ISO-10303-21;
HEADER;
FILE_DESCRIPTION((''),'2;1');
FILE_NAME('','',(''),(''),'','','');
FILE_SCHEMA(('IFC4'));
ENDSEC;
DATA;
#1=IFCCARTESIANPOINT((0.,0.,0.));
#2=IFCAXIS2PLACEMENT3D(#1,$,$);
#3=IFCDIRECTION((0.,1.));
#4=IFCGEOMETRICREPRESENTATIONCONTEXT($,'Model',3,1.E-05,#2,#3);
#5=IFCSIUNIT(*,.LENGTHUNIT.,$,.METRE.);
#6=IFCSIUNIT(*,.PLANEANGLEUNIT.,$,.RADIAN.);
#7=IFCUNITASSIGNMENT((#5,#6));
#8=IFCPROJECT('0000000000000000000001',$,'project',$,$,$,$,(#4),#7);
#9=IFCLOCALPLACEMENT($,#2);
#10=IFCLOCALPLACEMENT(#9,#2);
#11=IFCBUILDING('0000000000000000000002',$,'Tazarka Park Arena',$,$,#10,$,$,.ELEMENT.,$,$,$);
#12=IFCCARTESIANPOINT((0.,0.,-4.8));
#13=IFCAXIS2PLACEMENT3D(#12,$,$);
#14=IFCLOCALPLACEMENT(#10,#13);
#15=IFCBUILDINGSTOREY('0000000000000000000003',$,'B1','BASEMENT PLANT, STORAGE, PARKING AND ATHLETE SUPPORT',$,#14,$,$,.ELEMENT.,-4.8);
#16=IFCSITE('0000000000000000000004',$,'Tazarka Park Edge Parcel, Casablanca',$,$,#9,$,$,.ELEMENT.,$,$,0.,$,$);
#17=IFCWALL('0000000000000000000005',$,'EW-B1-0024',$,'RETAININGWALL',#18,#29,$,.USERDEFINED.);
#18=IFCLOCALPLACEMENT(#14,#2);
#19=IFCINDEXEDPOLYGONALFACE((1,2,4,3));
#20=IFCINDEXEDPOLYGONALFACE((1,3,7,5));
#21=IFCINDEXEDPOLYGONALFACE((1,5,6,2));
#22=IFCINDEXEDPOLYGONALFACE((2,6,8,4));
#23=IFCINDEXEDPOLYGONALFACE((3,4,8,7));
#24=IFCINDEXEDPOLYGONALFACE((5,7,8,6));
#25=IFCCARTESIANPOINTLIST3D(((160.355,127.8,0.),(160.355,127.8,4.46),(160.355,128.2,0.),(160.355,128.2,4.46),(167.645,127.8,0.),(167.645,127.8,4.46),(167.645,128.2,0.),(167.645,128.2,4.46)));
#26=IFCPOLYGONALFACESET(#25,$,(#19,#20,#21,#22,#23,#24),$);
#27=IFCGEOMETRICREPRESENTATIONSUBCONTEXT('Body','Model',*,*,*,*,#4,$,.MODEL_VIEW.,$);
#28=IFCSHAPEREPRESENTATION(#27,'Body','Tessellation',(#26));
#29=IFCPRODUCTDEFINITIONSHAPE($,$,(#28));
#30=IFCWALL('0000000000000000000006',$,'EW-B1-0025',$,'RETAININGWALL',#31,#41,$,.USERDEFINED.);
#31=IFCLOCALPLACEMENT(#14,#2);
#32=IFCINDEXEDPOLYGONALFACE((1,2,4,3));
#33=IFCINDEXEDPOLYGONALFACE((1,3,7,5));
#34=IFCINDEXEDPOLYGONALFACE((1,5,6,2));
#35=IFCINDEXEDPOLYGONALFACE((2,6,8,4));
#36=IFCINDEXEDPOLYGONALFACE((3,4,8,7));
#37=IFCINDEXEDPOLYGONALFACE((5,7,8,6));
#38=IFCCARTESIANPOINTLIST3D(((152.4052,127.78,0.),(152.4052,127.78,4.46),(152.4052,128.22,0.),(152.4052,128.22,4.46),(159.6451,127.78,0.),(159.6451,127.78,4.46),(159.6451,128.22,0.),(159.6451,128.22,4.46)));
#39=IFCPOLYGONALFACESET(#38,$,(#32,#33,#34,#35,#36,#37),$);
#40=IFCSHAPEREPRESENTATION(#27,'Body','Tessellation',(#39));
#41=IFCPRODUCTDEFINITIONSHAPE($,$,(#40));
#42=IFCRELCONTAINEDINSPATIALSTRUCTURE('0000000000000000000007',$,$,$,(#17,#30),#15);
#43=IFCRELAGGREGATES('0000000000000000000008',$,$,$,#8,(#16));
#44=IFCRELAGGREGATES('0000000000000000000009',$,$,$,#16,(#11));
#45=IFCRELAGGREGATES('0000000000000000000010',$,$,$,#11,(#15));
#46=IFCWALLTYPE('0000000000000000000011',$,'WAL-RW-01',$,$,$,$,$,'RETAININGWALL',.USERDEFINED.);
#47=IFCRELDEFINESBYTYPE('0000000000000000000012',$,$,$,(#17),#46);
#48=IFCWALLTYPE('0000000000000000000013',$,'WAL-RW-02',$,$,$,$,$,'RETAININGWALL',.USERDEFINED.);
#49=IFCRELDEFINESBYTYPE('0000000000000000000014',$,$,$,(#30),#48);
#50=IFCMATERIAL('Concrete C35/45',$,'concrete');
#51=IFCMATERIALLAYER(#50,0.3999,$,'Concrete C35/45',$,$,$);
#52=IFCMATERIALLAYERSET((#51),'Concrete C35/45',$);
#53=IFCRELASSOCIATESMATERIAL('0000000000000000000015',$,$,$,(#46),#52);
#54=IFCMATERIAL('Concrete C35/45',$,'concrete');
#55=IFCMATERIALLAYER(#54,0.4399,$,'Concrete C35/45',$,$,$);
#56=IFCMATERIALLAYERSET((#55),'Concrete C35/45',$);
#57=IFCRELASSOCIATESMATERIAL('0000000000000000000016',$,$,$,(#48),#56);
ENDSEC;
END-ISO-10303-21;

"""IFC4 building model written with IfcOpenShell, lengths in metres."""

from ifc_helpers import new_model, si_unit, direction, frame, frame_2d, origin, place, context, subcontext, project, spatial, rectangle, extrude, material, layer, layer_set, type_object, element, save


model = new_model("IFC4")

# Units and contexts
model_context = context("Model", 3, precision=1e-05, world=origin(), true_north=direction((0.0, 1.0)))
body_context = subcontext(model_context, "Body", "Model", "MODEL_VIEW")
ifc_project = project(units=[si_unit("LENGTHUNIT", "METRE"), si_unit("PLANEANGLEUNIT", "RADIAN")], contexts=[model_context])

# Site, building, storey
site_placement = place(None, origin())
site = spatial("IfcSite", under=ifc_project, at=site_placement, Name="Tazarka Park Edge Parcel, Casablanca", CompositionType="ELEMENT", RefElevation=0.0)
building_placement = place(site_placement, origin())
building = spatial("IfcBuilding", under=site, at=building_placement, Name="Tazarka Park Arena", CompositionType="ELEMENT")
storey_placement = place(building_placement, frame((0.0, 0.0, -4.8)))
storey = spatial("IfcBuildingStorey", under=building, at=storey_placement, Name="B1", Description="BASEMENT PLANT, STORAGE, PARKING AND ATHLETE SUPPORT", CompositionType="ELEMENT", Elevation=-4.8)

# Walls
ifc_material_1 = material(Name="Concrete C35/45", Category="concrete")
ifc_layer_1 = layer(ifc_material_1, 0.3999, Name="Concrete C35/45")
ifc_layer_set_1 = layer_set([ifc_layer_1], Name="Concrete C35/45")
wall_type_1 = type_object("IfcWallType", Name="WAL-RW-01", ElementType="RETAININGWALL", PredefinedType="USERDEFINED", material=ifc_layer_set_1)
wall_1_placement = place(storey_placement, frame((160.355, 128.0, 0.0), z_axis=(0.0, 0.0, 1.0), x_axis=(1.0, 0.0, 0.0)))
element("IfcWall", 1, at=wall_1_placement, inside=storey, type_object=wall_type_1, Name="EW-B1-0024", ObjectType="RETAININGWALL", PredefinedType="USERDEFINED", context=body_context, shape_type="SweptSolid", body=[
    extrude(rectangle(XDim=7.29, YDim=0.3999, at=frame_2d((3.645, 0.0))), origin(), (0.0, 0.0, 1.0), 4.46),
])
ifc_material_2 = material(Name="Concrete C35/45", Category="concrete")
ifc_layer_2 = layer(ifc_material_2, 0.4399, Name="Concrete C35/45")
ifc_layer_set_2 = layer_set([ifc_layer_2], Name="Concrete C35/45")
wall_type_2 = type_object("IfcWallType", Name="WAL-RW-02", ElementType="RETAININGWALL", PredefinedType="USERDEFINED", material=ifc_layer_set_2)
wall_2_placement = place(storey_placement, frame((152.405, 128.0, 0.0), z_axis=(0.0, 0.0, 1.0), x_axis=(1.0, 0.0, 0.0)))
element("IfcWall", 2, at=wall_2_placement, inside=storey, type_object=wall_type_2, Name="EW-B1-0025", ObjectType="RETAININGWALL", PredefinedType="USERDEFINED", context=body_context, shape_type="SweptSolid", body=[
    extrude(rectangle(XDim=7.24, YDim=0.4399, at=frame_2d((3.6201, 0.0))), origin(), (0.0, 0.0, 1.0), 4.46),
])

save(model, "model.ifc")
